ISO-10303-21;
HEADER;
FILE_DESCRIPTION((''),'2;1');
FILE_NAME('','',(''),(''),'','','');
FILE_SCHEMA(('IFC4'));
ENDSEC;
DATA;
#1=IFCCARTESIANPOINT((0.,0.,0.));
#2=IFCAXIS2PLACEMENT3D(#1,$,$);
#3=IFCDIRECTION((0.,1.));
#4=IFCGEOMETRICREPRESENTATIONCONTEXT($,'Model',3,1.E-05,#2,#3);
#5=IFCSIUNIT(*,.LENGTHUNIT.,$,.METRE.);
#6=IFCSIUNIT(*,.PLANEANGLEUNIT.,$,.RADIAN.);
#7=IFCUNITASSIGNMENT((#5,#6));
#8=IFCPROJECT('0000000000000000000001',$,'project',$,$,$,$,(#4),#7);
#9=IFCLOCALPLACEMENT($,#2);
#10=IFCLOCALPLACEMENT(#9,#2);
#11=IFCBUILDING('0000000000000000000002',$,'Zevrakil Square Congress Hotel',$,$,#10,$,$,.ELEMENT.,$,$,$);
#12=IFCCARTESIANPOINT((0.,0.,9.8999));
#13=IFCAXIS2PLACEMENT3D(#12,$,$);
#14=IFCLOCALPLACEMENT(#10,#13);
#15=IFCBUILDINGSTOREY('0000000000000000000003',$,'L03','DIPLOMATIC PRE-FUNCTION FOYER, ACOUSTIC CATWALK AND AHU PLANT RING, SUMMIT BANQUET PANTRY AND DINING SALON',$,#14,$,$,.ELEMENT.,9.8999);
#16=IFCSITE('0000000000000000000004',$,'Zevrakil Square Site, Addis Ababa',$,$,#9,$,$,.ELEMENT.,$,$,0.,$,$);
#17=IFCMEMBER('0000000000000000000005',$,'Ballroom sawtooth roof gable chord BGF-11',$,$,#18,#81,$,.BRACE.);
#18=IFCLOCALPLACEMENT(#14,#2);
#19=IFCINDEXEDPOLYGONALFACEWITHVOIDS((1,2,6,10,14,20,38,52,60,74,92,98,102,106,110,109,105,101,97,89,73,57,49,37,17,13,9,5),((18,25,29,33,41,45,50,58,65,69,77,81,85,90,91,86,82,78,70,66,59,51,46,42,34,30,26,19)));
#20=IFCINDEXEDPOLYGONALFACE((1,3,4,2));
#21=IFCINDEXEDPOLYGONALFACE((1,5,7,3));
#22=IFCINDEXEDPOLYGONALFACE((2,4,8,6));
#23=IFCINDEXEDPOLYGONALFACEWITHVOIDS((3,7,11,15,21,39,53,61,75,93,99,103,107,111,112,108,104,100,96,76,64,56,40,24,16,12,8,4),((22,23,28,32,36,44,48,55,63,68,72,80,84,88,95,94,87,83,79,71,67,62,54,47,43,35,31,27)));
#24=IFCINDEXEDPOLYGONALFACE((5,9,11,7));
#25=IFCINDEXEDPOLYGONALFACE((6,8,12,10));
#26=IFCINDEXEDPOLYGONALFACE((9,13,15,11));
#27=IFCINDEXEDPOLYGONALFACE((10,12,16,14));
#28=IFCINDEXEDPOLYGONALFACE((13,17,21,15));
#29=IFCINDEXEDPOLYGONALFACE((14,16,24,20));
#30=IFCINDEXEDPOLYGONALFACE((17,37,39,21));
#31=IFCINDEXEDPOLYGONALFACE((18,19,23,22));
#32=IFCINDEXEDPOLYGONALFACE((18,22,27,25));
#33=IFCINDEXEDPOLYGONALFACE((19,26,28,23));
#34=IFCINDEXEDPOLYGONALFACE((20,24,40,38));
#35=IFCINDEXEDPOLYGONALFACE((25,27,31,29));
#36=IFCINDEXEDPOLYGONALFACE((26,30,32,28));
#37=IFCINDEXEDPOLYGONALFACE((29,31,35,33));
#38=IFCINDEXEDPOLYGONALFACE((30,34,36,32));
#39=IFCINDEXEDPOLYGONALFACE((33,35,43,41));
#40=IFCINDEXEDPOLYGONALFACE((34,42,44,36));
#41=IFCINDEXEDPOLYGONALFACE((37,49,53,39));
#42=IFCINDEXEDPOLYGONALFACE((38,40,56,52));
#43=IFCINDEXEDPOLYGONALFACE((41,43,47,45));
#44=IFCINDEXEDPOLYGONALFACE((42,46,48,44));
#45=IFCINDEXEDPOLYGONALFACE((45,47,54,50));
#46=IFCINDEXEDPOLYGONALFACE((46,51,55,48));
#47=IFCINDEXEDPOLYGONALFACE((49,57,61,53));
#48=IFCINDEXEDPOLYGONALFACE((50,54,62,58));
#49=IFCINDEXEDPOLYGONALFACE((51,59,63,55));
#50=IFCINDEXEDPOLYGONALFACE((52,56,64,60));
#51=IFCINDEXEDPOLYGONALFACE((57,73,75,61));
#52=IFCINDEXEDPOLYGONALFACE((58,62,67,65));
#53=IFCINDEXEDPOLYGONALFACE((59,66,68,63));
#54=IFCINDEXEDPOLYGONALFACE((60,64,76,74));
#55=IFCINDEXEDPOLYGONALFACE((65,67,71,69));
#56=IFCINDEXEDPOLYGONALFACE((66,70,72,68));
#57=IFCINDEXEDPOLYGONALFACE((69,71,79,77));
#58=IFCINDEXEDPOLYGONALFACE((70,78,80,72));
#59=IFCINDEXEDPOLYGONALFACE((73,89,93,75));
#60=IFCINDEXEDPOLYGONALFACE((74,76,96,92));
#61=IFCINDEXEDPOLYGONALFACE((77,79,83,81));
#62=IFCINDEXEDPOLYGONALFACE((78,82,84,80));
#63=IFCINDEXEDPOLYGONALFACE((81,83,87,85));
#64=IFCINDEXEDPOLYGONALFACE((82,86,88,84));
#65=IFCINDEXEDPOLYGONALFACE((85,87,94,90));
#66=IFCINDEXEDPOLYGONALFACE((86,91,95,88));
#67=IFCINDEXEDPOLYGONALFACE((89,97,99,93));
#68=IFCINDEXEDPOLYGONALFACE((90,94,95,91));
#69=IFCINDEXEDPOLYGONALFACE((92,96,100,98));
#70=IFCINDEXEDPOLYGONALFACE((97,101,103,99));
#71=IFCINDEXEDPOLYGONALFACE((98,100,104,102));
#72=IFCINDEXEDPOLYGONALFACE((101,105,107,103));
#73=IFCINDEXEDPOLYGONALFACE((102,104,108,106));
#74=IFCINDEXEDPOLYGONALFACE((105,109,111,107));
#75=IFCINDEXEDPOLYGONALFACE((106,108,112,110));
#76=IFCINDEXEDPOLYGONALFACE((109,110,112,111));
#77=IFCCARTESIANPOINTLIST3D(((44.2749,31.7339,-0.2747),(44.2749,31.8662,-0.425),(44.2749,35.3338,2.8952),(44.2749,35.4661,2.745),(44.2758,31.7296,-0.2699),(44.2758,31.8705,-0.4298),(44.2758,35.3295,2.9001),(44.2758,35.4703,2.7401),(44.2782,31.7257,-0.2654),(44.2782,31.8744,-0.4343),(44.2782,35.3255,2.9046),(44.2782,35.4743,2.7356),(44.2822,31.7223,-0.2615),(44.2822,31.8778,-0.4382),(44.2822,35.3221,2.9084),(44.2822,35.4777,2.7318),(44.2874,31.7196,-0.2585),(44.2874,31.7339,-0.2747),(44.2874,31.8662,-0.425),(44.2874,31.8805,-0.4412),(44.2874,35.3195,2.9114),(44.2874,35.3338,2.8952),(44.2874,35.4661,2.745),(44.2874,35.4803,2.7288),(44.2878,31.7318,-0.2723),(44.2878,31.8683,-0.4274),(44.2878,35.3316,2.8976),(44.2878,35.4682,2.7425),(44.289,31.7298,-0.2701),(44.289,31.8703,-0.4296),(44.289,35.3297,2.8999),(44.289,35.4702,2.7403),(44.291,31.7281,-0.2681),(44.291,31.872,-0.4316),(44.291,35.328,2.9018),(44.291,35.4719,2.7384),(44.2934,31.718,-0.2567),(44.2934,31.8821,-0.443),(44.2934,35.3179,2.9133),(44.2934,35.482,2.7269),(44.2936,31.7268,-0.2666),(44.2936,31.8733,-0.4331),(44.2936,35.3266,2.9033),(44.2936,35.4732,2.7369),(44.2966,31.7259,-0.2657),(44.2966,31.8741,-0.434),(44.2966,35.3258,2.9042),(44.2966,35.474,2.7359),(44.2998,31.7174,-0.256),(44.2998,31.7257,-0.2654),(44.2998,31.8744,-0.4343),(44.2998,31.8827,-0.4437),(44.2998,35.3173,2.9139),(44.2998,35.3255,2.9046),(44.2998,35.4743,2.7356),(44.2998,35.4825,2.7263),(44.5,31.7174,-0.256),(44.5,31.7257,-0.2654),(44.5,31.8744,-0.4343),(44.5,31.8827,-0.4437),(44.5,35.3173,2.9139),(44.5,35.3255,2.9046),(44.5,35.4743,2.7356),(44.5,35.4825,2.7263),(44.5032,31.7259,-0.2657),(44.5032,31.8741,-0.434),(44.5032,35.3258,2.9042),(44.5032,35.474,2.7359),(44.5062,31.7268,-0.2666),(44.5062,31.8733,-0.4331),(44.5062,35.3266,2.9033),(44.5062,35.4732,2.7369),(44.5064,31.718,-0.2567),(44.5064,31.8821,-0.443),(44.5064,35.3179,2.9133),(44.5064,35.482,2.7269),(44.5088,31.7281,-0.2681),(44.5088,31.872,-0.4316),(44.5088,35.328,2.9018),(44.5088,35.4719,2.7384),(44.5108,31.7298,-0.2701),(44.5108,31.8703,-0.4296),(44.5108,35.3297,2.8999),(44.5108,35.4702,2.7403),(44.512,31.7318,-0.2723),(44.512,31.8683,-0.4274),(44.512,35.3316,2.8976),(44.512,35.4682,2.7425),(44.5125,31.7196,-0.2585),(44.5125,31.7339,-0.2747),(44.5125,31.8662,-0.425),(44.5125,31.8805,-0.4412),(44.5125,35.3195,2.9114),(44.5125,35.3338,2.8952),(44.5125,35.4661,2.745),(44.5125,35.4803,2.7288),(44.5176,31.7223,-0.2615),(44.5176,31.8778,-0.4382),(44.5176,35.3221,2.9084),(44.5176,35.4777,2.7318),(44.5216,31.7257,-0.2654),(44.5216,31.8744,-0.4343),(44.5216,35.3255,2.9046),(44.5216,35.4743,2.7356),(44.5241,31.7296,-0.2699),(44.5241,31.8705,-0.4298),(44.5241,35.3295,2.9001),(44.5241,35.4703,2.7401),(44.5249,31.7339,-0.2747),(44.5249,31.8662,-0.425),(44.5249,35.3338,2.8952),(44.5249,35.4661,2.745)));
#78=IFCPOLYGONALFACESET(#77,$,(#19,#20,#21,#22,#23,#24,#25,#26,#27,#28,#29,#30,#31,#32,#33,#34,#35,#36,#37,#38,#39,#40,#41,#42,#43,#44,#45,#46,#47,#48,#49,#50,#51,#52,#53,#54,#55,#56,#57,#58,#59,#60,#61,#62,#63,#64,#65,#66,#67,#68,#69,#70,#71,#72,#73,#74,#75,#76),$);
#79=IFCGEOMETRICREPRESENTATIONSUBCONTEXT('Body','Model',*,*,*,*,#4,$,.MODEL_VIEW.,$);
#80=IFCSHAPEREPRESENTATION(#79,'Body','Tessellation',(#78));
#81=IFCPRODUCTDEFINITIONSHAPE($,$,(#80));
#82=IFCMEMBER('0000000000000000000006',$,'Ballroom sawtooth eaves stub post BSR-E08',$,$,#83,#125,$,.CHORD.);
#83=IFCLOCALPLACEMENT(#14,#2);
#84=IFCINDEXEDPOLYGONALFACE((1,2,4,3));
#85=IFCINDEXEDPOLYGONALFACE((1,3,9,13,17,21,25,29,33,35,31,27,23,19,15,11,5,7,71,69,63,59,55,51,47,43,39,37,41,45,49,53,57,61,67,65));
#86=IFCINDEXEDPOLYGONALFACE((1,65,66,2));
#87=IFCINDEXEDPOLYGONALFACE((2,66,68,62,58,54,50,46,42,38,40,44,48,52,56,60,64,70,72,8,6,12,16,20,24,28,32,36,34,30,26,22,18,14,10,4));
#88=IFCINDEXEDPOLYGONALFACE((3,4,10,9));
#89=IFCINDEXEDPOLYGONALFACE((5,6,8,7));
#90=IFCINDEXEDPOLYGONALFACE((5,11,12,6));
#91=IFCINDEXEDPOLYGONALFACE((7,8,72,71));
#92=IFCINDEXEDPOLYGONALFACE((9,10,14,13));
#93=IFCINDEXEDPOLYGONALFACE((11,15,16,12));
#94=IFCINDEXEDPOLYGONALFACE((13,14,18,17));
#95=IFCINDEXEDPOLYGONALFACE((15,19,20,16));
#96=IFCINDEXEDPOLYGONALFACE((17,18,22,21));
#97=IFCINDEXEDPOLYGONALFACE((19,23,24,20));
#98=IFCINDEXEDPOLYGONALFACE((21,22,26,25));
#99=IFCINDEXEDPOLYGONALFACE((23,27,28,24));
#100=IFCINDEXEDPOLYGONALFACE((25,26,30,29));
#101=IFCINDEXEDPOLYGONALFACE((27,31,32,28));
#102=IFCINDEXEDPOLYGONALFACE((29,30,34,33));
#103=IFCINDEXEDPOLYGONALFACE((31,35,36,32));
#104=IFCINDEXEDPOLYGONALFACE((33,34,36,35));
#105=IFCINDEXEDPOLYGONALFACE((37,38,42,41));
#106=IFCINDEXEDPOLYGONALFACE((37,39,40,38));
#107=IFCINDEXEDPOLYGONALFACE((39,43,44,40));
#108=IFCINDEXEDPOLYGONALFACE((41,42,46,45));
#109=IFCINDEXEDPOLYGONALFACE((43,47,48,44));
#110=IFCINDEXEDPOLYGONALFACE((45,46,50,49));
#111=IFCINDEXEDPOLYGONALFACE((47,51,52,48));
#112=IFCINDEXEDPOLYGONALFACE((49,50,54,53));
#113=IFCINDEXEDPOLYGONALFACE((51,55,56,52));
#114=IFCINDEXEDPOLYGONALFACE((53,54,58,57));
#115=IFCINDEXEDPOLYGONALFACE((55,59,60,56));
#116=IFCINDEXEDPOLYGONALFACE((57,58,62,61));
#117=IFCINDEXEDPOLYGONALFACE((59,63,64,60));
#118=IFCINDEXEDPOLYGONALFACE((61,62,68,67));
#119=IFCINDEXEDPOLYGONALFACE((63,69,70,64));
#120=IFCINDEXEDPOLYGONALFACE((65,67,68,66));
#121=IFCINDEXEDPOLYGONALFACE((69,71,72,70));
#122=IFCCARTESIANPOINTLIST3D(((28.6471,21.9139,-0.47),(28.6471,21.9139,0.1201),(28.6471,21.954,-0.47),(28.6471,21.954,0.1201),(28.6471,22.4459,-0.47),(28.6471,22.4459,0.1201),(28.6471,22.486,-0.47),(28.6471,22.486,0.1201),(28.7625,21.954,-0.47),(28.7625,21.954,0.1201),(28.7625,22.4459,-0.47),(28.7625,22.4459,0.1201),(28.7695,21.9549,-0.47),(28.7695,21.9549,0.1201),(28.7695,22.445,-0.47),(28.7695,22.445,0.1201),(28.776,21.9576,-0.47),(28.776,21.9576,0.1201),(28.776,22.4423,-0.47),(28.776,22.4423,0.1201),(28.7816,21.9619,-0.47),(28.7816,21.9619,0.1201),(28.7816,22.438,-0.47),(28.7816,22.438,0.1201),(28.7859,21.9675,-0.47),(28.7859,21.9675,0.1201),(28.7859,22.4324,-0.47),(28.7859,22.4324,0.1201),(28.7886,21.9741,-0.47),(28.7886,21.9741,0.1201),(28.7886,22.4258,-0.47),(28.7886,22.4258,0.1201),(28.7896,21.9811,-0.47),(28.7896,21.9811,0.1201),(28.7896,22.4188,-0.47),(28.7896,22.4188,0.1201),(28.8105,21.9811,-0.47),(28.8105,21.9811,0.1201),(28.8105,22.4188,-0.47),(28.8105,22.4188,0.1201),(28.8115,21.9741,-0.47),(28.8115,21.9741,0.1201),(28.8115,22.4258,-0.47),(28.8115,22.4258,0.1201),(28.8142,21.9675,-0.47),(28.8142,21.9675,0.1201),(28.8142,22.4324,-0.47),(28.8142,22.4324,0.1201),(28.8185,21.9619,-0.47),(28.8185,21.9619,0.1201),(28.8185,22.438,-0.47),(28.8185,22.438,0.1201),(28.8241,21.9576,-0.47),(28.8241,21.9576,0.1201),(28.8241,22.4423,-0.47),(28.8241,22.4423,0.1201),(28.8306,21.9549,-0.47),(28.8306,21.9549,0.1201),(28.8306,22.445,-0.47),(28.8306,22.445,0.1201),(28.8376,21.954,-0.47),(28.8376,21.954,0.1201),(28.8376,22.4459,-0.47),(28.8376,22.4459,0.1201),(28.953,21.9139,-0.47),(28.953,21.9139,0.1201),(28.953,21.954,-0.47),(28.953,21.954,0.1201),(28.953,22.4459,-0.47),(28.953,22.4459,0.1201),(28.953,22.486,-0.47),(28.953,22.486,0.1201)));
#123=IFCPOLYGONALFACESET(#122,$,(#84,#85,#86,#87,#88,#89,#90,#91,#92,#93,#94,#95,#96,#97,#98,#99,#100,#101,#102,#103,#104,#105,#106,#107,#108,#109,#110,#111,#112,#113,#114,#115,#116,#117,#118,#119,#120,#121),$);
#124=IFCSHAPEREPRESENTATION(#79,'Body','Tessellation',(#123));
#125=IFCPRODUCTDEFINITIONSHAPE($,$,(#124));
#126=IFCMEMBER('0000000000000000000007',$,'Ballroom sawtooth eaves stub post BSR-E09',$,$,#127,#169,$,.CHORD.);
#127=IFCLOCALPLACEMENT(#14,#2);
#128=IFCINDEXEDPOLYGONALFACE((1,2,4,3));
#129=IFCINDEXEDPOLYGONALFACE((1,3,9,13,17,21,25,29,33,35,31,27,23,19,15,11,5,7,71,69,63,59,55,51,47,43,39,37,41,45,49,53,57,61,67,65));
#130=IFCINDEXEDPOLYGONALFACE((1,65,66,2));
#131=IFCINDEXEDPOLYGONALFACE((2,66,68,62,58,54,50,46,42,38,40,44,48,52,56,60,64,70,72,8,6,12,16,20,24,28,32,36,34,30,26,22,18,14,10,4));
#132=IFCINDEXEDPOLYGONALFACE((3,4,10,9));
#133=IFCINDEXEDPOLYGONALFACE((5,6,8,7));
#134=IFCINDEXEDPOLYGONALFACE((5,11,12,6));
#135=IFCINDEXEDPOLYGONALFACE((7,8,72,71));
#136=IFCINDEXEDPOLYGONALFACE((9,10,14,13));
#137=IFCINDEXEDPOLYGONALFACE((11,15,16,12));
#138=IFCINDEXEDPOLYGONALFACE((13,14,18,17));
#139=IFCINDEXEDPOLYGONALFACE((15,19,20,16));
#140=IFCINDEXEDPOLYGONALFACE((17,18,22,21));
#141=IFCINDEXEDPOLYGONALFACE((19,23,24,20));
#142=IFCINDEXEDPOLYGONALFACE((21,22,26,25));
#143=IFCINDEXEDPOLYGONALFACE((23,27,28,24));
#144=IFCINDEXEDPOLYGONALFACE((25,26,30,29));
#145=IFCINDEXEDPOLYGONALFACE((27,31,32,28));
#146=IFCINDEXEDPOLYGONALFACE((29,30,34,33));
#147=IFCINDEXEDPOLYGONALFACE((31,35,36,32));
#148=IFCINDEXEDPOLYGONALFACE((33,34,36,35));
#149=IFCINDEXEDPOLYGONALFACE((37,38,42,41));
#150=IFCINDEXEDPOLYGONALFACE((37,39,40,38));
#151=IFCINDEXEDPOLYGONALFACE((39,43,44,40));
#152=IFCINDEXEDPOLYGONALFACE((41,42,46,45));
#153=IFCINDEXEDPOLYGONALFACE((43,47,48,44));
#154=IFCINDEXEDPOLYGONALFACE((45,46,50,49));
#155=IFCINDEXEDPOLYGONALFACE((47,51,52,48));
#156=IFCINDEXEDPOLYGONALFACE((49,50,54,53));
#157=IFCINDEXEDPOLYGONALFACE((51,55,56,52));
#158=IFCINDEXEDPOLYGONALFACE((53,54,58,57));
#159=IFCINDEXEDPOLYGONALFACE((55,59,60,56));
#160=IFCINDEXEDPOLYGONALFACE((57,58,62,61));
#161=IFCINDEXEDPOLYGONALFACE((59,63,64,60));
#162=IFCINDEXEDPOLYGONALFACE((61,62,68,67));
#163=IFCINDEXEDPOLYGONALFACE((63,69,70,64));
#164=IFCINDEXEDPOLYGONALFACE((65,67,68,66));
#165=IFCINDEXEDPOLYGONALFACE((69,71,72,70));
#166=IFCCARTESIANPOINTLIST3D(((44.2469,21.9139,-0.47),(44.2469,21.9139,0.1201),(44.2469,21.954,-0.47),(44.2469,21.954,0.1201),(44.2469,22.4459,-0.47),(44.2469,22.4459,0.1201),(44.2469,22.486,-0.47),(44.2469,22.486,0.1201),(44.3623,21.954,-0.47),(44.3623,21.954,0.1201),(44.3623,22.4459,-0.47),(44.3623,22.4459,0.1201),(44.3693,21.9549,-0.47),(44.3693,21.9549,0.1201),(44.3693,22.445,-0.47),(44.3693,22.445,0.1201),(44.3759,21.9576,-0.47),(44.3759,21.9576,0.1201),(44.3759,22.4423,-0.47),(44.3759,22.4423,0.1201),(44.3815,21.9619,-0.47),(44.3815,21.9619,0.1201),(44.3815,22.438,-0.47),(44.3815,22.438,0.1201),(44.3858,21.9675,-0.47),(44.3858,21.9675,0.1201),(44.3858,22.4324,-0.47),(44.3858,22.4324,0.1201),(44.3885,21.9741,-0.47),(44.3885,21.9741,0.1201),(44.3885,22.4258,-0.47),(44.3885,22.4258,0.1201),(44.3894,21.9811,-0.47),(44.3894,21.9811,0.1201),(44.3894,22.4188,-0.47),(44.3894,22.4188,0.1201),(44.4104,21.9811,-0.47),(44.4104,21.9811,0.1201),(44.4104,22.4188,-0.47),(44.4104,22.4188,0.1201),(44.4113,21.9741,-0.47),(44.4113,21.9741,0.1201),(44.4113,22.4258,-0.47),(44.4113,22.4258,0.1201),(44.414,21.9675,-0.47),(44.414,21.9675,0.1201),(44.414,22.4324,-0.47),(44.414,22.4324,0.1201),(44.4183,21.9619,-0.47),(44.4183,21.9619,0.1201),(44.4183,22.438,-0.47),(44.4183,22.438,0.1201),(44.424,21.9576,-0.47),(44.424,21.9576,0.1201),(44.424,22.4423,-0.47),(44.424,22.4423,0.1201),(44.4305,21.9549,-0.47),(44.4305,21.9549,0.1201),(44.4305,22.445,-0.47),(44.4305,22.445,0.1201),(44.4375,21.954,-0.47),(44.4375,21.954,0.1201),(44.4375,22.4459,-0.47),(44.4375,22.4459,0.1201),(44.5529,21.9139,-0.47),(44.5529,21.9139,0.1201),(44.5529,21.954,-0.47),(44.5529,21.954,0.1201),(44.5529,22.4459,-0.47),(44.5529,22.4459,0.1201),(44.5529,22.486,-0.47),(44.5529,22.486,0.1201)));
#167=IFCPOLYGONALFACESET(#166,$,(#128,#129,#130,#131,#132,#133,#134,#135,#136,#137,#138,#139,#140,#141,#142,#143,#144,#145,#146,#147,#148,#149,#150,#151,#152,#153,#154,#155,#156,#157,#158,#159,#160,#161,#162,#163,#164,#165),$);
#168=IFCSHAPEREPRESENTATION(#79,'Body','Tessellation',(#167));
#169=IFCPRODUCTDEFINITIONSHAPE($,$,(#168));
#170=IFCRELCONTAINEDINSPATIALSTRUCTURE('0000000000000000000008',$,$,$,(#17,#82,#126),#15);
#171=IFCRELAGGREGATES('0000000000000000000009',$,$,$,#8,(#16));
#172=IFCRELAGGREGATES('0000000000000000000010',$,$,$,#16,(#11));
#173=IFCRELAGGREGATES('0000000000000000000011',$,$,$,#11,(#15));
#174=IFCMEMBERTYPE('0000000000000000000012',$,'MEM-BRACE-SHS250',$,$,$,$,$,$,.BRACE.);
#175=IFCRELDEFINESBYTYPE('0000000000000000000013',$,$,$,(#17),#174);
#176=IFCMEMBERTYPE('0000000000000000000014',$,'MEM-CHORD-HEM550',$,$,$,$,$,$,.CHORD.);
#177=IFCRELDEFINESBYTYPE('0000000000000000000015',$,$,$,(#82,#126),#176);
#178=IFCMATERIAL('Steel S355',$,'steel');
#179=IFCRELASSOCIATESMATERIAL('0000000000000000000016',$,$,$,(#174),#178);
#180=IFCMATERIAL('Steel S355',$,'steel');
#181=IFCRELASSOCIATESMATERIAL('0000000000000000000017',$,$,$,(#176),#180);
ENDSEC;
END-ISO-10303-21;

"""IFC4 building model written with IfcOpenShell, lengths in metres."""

from ifc_helpers import new_model, si_unit, direction, frame, origin, origin_2d, place, context, subcontext, project, spatial, hollow_rectangle, i_section, extrude, material, material_profile, profile_set, type_object, element, save


model = new_model("IFC4")

# Units and contexts
model_context = context("Model", 3, precision=1e-05, world=origin(), true_north=direction((0.0, 1.0)))
body_context = subcontext(model_context, "Body", "Model", "MODEL_VIEW")
ifc_project = project(units=[si_unit("LENGTHUNIT", "METRE"), si_unit("PLANEANGLEUNIT", "RADIAN")], contexts=[model_context])

# Site, building, storey
site_placement = place(None, origin())
site = spatial("IfcSite", under=ifc_project, at=site_placement, Name="Zevrakil Square Site, Addis Ababa", CompositionType="ELEMENT", RefElevation=0.0)
building_placement = place(site_placement, origin())
building = spatial("IfcBuilding", under=site, at=building_placement, Name="Zevrakil Square Congress Hotel", CompositionType="ELEMENT")
storey_placement = place(building_placement, frame((0.0, 0.0, 9.8999)))
storey = spatial("IfcBuildingStorey", under=building, at=storey_placement, Name="L03", Description="DIPLOMATIC PRE-FUNCTION FOYER, ACOUSTIC CATWALK AND AHU PLANT RING, SUMMIT BANQUET PANTRY AND DINING SALON", CompositionType="ELEMENT", Elevation=9.8999)

# Members
ifc_material_1 = material(Name="Steel S355", Category="steel")
ifc_material_profile_1 = material_profile(ifc_material_1, hollow_rectangle(XDim=0.25, YDim=0.25, WallThickness=0.0125, InnerFilletRadius=0.0125, OuterFilletRadius=0.0249, at=origin_2d()), Name="SHS 250x250x12.5")
ifc_profile_set_1 = profile_set([ifc_material_profile_1], Name="Steel S355")
member_type_1 = type_object("IfcMemberType", Name="MEM-BRACE-SHS250", PredefinedType="BRACE", material=ifc_profile_set_1)
member_1_placement = place(storey_placement, frame((44.3999, 31.8, -0.3499), z_axis=(0.0, 0.750501, 0.660869), x_axis=(-1.0, 0.0, 0.0)))
element("IfcMember", 1, at=member_1_placement, inside=storey, type_object=member_type_1, Name="Ballroom sawtooth roof gable chord BGF-11", PredefinedType="BRACE", context=body_context, shape_type="SweptSolid", body=[
    extrude(hollow_rectangle(XDim=0.25, YDim=0.25, WallThickness=0.0125, InnerFilletRadius=0.0125, OuterFilletRadius=0.0249, at=origin_2d()), origin(), (0.0, 0.0, 1.0), 4.7966),
])
ifc_material_2 = material(Name="Steel S355", Category="steel")
ifc_material_profile_2 = material_profile(ifc_material_2, i_section(OverallWidth=0.3059, OverallDepth=0.572, WebThickness=0.021, FlangeThickness=0.04, FilletRadius=0.0271, at=origin_2d()), Name="HEM 550")
ifc_profile_set_2 = profile_set([ifc_material_profile_2], Name="Steel S355")
member_type_2 = type_object("IfcMemberType", Name="MEM-CHORD-HEM550", PredefinedType="CHORD", material=ifc_profile_set_2)
for number, where, z_axis, x_axis, name in (
    (2, (28.8, 22.2, -0.47), (0.0, 0.0, 1.0), (1.0, 0.0, 0.0), "Ballroom sawtooth eaves stub post BSR-E08"),
    (3, (44.3999, 22.2, -0.47), (0.0, 0.0, 1.0), (1.0, 0.0, 0.0), "Ballroom sawtooth eaves stub post BSR-E09"),
):
    element("IfcMember", number, at=place(storey_placement, frame(where, z_axis=z_axis, x_axis=x_axis)), inside=storey, type_object=member_type_2, Name=name, PredefinedType="CHORD", context=body_context, shape_type="SweptSolid", body=[
        extrude(i_section(OverallWidth=0.3059, OverallDepth=0.572, WebThickness=0.021, FlangeThickness=0.04, FilletRadius=0.0271, at=origin_2d()), origin(), (0.0, 0.0, 1.0), 0.5901),
    ])

save(model, "model.ifc")
